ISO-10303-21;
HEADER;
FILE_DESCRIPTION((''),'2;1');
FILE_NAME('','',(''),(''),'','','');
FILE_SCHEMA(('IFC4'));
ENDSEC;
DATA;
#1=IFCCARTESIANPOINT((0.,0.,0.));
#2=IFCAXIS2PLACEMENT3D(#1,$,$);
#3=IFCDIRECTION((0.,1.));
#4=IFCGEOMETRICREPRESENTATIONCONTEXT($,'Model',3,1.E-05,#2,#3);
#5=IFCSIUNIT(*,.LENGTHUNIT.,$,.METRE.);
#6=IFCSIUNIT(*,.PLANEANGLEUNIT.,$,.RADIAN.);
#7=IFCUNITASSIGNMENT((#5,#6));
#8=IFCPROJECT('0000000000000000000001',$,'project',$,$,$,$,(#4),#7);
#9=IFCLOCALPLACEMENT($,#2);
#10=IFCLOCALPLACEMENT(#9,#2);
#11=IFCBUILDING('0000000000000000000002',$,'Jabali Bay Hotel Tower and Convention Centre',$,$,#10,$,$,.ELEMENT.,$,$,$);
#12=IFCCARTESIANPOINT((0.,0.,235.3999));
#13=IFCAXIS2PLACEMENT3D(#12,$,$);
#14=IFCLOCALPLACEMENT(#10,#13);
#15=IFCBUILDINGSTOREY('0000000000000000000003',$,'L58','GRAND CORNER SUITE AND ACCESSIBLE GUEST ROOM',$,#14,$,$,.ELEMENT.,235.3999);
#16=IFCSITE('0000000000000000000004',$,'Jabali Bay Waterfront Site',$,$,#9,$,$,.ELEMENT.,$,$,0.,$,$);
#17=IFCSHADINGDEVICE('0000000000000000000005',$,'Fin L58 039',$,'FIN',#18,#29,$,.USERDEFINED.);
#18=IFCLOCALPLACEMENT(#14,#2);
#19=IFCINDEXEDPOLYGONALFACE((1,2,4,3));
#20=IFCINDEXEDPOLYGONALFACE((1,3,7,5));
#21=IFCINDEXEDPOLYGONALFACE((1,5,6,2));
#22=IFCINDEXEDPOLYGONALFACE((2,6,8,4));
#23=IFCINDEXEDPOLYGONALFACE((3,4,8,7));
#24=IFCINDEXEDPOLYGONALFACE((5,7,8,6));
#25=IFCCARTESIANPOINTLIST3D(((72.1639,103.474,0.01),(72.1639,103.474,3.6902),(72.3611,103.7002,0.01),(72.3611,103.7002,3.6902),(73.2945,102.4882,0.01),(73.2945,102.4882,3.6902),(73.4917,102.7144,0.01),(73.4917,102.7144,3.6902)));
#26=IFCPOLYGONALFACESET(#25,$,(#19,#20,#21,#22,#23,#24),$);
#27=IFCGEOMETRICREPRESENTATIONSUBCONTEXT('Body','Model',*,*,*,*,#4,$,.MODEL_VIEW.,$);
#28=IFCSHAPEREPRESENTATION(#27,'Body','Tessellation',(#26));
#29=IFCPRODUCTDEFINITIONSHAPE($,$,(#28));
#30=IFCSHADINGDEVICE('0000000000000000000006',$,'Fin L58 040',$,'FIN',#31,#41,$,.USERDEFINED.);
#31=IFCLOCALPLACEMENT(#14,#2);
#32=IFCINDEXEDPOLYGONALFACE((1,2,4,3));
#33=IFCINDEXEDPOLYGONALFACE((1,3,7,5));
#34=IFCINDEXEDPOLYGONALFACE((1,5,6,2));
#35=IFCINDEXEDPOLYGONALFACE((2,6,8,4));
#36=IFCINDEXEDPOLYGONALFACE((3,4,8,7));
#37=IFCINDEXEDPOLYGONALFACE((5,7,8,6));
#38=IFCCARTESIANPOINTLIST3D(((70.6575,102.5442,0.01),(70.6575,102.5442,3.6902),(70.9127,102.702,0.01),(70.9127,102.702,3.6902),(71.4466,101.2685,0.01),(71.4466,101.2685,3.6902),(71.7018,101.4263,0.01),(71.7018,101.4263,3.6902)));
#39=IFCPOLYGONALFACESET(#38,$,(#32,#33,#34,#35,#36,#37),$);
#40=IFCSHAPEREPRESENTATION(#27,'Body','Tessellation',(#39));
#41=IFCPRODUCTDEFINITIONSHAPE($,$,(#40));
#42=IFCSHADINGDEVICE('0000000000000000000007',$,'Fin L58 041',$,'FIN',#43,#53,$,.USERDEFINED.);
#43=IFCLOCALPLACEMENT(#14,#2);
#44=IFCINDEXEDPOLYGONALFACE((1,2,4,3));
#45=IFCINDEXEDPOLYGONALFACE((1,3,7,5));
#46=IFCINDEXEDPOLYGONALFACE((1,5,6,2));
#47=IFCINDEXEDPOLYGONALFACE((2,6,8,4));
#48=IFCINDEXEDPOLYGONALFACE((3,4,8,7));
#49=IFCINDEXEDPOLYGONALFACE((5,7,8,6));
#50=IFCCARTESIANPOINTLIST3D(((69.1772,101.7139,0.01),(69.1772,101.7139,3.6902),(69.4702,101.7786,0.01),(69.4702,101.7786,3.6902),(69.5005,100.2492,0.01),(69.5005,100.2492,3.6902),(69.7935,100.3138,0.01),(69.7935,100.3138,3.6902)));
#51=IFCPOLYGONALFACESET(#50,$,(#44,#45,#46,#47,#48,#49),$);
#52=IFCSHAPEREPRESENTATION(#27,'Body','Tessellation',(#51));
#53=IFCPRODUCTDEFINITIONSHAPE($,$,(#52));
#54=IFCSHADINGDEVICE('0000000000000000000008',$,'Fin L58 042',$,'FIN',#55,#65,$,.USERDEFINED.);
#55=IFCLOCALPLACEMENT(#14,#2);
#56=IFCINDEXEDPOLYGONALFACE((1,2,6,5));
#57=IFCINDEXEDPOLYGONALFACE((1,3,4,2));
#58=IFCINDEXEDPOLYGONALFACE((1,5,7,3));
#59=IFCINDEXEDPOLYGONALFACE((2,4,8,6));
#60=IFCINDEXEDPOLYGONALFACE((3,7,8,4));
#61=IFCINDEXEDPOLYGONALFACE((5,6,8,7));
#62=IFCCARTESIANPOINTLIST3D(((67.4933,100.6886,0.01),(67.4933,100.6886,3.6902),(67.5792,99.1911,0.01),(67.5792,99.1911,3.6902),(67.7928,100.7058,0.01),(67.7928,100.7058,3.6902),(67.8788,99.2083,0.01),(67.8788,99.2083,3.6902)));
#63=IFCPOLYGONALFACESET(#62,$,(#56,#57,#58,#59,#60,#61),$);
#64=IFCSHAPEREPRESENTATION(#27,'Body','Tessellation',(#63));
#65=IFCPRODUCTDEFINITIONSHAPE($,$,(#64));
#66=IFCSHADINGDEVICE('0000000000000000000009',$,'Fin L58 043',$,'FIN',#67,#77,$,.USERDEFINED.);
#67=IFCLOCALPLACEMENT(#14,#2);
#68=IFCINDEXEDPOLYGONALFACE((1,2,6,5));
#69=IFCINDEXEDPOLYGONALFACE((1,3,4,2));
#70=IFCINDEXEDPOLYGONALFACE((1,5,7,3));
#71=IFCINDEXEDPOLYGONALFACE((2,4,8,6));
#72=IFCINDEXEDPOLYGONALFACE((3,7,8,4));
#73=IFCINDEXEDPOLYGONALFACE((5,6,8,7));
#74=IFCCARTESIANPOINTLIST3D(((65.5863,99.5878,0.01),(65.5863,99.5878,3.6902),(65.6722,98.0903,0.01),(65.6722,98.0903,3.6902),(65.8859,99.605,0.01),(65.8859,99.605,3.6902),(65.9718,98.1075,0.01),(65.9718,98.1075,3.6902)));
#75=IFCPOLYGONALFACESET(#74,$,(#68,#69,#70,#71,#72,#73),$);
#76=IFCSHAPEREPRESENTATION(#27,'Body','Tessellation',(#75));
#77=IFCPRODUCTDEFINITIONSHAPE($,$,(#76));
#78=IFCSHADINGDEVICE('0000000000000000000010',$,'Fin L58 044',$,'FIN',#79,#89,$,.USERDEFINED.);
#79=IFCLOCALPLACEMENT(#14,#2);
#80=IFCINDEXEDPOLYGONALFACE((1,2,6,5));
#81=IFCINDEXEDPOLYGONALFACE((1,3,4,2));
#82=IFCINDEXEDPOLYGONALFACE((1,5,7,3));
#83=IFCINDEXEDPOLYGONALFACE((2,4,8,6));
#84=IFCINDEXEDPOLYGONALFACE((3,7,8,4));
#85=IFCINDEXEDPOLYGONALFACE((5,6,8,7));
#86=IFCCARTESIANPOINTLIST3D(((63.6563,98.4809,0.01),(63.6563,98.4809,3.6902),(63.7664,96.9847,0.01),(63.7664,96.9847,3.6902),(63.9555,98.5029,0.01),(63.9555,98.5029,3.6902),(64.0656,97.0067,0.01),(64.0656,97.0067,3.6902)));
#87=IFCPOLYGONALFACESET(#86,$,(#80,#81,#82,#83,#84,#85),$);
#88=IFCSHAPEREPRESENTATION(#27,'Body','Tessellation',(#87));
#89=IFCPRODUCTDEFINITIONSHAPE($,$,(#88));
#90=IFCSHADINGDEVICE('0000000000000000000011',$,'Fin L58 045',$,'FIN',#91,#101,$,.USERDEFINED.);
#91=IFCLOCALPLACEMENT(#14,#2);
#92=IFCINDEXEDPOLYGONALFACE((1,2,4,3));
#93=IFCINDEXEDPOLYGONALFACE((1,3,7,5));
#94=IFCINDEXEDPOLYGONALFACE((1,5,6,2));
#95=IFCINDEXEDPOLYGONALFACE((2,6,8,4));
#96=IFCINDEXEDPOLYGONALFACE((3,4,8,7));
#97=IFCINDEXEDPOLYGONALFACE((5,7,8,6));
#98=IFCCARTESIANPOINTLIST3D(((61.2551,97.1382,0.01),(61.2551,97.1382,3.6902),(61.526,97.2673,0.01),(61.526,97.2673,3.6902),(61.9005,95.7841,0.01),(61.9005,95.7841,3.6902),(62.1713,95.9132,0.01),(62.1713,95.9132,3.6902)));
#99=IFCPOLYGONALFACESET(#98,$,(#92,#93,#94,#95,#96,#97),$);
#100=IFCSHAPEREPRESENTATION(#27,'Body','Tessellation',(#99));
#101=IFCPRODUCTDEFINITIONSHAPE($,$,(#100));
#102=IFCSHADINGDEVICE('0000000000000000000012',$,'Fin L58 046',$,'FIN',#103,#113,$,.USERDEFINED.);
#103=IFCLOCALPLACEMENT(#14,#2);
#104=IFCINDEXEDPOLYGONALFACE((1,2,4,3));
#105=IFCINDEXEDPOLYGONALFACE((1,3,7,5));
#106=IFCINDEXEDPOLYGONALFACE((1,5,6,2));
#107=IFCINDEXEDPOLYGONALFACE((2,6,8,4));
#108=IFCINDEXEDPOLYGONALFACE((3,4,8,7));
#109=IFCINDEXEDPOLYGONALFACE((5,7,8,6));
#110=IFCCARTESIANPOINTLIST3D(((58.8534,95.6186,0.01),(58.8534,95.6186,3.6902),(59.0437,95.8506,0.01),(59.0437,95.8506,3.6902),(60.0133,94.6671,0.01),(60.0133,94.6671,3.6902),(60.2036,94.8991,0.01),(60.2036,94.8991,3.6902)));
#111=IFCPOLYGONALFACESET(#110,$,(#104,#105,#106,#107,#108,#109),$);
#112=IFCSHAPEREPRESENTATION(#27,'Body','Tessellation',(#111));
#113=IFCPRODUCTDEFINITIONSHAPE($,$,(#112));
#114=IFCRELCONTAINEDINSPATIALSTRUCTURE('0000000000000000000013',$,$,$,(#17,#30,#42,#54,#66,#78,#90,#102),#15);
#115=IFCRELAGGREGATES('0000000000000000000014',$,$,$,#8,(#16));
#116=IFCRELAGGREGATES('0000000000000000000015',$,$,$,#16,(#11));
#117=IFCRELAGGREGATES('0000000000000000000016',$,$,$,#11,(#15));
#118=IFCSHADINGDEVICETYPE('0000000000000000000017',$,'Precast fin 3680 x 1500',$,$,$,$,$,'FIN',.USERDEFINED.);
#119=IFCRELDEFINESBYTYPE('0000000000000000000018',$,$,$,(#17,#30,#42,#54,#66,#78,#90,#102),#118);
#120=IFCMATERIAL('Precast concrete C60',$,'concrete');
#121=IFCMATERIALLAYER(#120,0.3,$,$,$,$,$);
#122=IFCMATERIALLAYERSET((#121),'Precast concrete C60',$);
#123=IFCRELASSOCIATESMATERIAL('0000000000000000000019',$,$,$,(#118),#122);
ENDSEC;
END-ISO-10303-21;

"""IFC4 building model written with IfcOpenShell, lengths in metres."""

from ifc_helpers import new_model, si_unit, direction, frame, frame_2d, origin, place, context, subcontext, project, spatial, rectangle, extrude, material, layer, layer_set, type_object, element, save


model = new_model("IFC4")

# Units and contexts
model_context = context("Model", 3, precision=1e-05, world=origin(), true_north=direction((0.0, 1.0)))
body_context = subcontext(model_context, "Body", "Model", "MODEL_VIEW")
ifc_project = project(units=[si_unit("LENGTHUNIT", "METRE"), si_unit("PLANEANGLEUNIT", "RADIAN")], contexts=[model_context])

# Site, building, storey
site_placement = place(None, origin())
site = spatial("IfcSite", under=ifc_project, at=site_placement, Name="Jabali Bay Waterfront Site", CompositionType="ELEMENT", RefElevation=0.0)
building_placement = place(site_placement, origin())
building = spatial("IfcBuilding", under=site, at=building_placement, Name="Jabali Bay Hotel Tower and Convention Centre", CompositionType="ELEMENT")
storey_placement = place(building_placement, frame((0.0, 0.0, 235.3999)))
storey = spatial("IfcBuildingStorey", under=building, at=storey_placement, Name="L58", Description="GRAND CORNER SUITE AND ACCESSIBLE GUEST ROOM", CompositionType="ELEMENT", Elevation=235.3999)

# Shading devices
ifc_material_1 = material(Name="Precast concrete C60", Category="concrete")
ifc_layer_1 = layer(ifc_material_1, 0.3)
ifc_layer_set_1 = layer_set([ifc_layer_1], Name="Precast concrete C60")
shading_device_type = type_object("IfcShadingDeviceType", Name="Precast fin 3680 x 1500", ElementType="FIN", PredefinedType="USERDEFINED", material=ifc_layer_set_1)
for number, where, z_axis, x_axis, name in (
    (1, (73.3931, 102.6013, 0.01), (0.0, 0.0, 1.0), (-0.753715, 0.657202, 0.0), "Fin L58 039"),
    (2, (71.5742, 101.3474, 0.01), (0.0, 0.0, 1.0), (-0.526058, 0.850449, 0.0), "Fin L58 040"),
    (3, (69.647, 100.2815, 0.01), (0.0, 0.0, 1.0), (-0.215483, 0.976508, 0.0), "Fin L58 041"),
    (4, (67.729, 99.1997, 0.01), (0.0, 0.0, 1.0), (-0.057291, 0.998358, 0.0), "Fin L58 042"),
    (5, (65.822, 98.0989, 0.01), (0.0, 0.0, 1.0), (-0.057291, 0.998358, 0.0), "Fin L58 043"),
):
    element("IfcShadingDevice", number, at=place(storey_placement, frame(where, z_axis=z_axis, x_axis=x_axis)), inside=storey, type_object=shading_device_type, Name=name, ObjectType="FIN", PredefinedType="USERDEFINED", context=body_context, shape_type="SweptSolid", body=[
        extrude(rectangle(XDim=1.5, YDim=0.3, at=frame_2d((0.75, 0.0))), origin(), (0.0, 0.0, 1.0), 3.6802),
    ])
shading_device_1_placement = place(storey_placement, frame((63.916, 96.9958, 0.01), z_axis=(0.0, 0.0, 1.0), x_axis=(-0.073398, 0.997303, 0.0)))
element("IfcShadingDevice", 6, at=shading_device_1_placement, inside=storey, type_object=shading_device_type, Name="Fin L58 044", ObjectType="FIN", PredefinedType="USERDEFINED", context=body_context, shape_type="SweptSolid", body=[
    extrude(rectangle(XDim=1.5002, YDim=0.3, at=frame_2d((0.75, 0.0))), origin(), (0.0, 0.0, 1.0), 3.6802),
])
shading_device_2_placement = place(storey_placement, frame((62.0359, 95.8486, 0.01), z_axis=(0.0, 0.0, 1.0), x_axis=(-0.430205, 0.902731, 0.0)))
element("IfcShadingDevice", 7, at=shading_device_2_placement, inside=storey, type_object=shading_device_type, Name="Fin L58 045", ObjectType="FIN", PredefinedType="USERDEFINED", context=body_context, shape_type="SweptSolid", body=[
    extrude(rectangle(XDim=1.5, YDim=0.3, at=frame_2d((0.75, 0.0))), origin(), (0.0, 0.0, 1.0), 3.6802),
])
shading_device_3_placement = place(storey_placement, frame((60.1084, 94.7832, 0.01), z_axis=(0.0, 0.0, 1.0), x_axis=(-0.773174, 0.634194, 0.0)))
element("IfcShadingDevice", 8, at=shading_device_3_placement, inside=storey, type_object=shading_device_type, Name="Fin L58 046", ObjectType="FIN", PredefinedType="USERDEFINED", context=body_context, shape_type="SweptSolid", body=[
    extrude(rectangle(XDim=1.5002, YDim=0.3, at=frame_2d((0.75, 0.0))), origin(), (0.0, 0.0, 1.0), 3.6802),
])

save(model, "model.ifc")
